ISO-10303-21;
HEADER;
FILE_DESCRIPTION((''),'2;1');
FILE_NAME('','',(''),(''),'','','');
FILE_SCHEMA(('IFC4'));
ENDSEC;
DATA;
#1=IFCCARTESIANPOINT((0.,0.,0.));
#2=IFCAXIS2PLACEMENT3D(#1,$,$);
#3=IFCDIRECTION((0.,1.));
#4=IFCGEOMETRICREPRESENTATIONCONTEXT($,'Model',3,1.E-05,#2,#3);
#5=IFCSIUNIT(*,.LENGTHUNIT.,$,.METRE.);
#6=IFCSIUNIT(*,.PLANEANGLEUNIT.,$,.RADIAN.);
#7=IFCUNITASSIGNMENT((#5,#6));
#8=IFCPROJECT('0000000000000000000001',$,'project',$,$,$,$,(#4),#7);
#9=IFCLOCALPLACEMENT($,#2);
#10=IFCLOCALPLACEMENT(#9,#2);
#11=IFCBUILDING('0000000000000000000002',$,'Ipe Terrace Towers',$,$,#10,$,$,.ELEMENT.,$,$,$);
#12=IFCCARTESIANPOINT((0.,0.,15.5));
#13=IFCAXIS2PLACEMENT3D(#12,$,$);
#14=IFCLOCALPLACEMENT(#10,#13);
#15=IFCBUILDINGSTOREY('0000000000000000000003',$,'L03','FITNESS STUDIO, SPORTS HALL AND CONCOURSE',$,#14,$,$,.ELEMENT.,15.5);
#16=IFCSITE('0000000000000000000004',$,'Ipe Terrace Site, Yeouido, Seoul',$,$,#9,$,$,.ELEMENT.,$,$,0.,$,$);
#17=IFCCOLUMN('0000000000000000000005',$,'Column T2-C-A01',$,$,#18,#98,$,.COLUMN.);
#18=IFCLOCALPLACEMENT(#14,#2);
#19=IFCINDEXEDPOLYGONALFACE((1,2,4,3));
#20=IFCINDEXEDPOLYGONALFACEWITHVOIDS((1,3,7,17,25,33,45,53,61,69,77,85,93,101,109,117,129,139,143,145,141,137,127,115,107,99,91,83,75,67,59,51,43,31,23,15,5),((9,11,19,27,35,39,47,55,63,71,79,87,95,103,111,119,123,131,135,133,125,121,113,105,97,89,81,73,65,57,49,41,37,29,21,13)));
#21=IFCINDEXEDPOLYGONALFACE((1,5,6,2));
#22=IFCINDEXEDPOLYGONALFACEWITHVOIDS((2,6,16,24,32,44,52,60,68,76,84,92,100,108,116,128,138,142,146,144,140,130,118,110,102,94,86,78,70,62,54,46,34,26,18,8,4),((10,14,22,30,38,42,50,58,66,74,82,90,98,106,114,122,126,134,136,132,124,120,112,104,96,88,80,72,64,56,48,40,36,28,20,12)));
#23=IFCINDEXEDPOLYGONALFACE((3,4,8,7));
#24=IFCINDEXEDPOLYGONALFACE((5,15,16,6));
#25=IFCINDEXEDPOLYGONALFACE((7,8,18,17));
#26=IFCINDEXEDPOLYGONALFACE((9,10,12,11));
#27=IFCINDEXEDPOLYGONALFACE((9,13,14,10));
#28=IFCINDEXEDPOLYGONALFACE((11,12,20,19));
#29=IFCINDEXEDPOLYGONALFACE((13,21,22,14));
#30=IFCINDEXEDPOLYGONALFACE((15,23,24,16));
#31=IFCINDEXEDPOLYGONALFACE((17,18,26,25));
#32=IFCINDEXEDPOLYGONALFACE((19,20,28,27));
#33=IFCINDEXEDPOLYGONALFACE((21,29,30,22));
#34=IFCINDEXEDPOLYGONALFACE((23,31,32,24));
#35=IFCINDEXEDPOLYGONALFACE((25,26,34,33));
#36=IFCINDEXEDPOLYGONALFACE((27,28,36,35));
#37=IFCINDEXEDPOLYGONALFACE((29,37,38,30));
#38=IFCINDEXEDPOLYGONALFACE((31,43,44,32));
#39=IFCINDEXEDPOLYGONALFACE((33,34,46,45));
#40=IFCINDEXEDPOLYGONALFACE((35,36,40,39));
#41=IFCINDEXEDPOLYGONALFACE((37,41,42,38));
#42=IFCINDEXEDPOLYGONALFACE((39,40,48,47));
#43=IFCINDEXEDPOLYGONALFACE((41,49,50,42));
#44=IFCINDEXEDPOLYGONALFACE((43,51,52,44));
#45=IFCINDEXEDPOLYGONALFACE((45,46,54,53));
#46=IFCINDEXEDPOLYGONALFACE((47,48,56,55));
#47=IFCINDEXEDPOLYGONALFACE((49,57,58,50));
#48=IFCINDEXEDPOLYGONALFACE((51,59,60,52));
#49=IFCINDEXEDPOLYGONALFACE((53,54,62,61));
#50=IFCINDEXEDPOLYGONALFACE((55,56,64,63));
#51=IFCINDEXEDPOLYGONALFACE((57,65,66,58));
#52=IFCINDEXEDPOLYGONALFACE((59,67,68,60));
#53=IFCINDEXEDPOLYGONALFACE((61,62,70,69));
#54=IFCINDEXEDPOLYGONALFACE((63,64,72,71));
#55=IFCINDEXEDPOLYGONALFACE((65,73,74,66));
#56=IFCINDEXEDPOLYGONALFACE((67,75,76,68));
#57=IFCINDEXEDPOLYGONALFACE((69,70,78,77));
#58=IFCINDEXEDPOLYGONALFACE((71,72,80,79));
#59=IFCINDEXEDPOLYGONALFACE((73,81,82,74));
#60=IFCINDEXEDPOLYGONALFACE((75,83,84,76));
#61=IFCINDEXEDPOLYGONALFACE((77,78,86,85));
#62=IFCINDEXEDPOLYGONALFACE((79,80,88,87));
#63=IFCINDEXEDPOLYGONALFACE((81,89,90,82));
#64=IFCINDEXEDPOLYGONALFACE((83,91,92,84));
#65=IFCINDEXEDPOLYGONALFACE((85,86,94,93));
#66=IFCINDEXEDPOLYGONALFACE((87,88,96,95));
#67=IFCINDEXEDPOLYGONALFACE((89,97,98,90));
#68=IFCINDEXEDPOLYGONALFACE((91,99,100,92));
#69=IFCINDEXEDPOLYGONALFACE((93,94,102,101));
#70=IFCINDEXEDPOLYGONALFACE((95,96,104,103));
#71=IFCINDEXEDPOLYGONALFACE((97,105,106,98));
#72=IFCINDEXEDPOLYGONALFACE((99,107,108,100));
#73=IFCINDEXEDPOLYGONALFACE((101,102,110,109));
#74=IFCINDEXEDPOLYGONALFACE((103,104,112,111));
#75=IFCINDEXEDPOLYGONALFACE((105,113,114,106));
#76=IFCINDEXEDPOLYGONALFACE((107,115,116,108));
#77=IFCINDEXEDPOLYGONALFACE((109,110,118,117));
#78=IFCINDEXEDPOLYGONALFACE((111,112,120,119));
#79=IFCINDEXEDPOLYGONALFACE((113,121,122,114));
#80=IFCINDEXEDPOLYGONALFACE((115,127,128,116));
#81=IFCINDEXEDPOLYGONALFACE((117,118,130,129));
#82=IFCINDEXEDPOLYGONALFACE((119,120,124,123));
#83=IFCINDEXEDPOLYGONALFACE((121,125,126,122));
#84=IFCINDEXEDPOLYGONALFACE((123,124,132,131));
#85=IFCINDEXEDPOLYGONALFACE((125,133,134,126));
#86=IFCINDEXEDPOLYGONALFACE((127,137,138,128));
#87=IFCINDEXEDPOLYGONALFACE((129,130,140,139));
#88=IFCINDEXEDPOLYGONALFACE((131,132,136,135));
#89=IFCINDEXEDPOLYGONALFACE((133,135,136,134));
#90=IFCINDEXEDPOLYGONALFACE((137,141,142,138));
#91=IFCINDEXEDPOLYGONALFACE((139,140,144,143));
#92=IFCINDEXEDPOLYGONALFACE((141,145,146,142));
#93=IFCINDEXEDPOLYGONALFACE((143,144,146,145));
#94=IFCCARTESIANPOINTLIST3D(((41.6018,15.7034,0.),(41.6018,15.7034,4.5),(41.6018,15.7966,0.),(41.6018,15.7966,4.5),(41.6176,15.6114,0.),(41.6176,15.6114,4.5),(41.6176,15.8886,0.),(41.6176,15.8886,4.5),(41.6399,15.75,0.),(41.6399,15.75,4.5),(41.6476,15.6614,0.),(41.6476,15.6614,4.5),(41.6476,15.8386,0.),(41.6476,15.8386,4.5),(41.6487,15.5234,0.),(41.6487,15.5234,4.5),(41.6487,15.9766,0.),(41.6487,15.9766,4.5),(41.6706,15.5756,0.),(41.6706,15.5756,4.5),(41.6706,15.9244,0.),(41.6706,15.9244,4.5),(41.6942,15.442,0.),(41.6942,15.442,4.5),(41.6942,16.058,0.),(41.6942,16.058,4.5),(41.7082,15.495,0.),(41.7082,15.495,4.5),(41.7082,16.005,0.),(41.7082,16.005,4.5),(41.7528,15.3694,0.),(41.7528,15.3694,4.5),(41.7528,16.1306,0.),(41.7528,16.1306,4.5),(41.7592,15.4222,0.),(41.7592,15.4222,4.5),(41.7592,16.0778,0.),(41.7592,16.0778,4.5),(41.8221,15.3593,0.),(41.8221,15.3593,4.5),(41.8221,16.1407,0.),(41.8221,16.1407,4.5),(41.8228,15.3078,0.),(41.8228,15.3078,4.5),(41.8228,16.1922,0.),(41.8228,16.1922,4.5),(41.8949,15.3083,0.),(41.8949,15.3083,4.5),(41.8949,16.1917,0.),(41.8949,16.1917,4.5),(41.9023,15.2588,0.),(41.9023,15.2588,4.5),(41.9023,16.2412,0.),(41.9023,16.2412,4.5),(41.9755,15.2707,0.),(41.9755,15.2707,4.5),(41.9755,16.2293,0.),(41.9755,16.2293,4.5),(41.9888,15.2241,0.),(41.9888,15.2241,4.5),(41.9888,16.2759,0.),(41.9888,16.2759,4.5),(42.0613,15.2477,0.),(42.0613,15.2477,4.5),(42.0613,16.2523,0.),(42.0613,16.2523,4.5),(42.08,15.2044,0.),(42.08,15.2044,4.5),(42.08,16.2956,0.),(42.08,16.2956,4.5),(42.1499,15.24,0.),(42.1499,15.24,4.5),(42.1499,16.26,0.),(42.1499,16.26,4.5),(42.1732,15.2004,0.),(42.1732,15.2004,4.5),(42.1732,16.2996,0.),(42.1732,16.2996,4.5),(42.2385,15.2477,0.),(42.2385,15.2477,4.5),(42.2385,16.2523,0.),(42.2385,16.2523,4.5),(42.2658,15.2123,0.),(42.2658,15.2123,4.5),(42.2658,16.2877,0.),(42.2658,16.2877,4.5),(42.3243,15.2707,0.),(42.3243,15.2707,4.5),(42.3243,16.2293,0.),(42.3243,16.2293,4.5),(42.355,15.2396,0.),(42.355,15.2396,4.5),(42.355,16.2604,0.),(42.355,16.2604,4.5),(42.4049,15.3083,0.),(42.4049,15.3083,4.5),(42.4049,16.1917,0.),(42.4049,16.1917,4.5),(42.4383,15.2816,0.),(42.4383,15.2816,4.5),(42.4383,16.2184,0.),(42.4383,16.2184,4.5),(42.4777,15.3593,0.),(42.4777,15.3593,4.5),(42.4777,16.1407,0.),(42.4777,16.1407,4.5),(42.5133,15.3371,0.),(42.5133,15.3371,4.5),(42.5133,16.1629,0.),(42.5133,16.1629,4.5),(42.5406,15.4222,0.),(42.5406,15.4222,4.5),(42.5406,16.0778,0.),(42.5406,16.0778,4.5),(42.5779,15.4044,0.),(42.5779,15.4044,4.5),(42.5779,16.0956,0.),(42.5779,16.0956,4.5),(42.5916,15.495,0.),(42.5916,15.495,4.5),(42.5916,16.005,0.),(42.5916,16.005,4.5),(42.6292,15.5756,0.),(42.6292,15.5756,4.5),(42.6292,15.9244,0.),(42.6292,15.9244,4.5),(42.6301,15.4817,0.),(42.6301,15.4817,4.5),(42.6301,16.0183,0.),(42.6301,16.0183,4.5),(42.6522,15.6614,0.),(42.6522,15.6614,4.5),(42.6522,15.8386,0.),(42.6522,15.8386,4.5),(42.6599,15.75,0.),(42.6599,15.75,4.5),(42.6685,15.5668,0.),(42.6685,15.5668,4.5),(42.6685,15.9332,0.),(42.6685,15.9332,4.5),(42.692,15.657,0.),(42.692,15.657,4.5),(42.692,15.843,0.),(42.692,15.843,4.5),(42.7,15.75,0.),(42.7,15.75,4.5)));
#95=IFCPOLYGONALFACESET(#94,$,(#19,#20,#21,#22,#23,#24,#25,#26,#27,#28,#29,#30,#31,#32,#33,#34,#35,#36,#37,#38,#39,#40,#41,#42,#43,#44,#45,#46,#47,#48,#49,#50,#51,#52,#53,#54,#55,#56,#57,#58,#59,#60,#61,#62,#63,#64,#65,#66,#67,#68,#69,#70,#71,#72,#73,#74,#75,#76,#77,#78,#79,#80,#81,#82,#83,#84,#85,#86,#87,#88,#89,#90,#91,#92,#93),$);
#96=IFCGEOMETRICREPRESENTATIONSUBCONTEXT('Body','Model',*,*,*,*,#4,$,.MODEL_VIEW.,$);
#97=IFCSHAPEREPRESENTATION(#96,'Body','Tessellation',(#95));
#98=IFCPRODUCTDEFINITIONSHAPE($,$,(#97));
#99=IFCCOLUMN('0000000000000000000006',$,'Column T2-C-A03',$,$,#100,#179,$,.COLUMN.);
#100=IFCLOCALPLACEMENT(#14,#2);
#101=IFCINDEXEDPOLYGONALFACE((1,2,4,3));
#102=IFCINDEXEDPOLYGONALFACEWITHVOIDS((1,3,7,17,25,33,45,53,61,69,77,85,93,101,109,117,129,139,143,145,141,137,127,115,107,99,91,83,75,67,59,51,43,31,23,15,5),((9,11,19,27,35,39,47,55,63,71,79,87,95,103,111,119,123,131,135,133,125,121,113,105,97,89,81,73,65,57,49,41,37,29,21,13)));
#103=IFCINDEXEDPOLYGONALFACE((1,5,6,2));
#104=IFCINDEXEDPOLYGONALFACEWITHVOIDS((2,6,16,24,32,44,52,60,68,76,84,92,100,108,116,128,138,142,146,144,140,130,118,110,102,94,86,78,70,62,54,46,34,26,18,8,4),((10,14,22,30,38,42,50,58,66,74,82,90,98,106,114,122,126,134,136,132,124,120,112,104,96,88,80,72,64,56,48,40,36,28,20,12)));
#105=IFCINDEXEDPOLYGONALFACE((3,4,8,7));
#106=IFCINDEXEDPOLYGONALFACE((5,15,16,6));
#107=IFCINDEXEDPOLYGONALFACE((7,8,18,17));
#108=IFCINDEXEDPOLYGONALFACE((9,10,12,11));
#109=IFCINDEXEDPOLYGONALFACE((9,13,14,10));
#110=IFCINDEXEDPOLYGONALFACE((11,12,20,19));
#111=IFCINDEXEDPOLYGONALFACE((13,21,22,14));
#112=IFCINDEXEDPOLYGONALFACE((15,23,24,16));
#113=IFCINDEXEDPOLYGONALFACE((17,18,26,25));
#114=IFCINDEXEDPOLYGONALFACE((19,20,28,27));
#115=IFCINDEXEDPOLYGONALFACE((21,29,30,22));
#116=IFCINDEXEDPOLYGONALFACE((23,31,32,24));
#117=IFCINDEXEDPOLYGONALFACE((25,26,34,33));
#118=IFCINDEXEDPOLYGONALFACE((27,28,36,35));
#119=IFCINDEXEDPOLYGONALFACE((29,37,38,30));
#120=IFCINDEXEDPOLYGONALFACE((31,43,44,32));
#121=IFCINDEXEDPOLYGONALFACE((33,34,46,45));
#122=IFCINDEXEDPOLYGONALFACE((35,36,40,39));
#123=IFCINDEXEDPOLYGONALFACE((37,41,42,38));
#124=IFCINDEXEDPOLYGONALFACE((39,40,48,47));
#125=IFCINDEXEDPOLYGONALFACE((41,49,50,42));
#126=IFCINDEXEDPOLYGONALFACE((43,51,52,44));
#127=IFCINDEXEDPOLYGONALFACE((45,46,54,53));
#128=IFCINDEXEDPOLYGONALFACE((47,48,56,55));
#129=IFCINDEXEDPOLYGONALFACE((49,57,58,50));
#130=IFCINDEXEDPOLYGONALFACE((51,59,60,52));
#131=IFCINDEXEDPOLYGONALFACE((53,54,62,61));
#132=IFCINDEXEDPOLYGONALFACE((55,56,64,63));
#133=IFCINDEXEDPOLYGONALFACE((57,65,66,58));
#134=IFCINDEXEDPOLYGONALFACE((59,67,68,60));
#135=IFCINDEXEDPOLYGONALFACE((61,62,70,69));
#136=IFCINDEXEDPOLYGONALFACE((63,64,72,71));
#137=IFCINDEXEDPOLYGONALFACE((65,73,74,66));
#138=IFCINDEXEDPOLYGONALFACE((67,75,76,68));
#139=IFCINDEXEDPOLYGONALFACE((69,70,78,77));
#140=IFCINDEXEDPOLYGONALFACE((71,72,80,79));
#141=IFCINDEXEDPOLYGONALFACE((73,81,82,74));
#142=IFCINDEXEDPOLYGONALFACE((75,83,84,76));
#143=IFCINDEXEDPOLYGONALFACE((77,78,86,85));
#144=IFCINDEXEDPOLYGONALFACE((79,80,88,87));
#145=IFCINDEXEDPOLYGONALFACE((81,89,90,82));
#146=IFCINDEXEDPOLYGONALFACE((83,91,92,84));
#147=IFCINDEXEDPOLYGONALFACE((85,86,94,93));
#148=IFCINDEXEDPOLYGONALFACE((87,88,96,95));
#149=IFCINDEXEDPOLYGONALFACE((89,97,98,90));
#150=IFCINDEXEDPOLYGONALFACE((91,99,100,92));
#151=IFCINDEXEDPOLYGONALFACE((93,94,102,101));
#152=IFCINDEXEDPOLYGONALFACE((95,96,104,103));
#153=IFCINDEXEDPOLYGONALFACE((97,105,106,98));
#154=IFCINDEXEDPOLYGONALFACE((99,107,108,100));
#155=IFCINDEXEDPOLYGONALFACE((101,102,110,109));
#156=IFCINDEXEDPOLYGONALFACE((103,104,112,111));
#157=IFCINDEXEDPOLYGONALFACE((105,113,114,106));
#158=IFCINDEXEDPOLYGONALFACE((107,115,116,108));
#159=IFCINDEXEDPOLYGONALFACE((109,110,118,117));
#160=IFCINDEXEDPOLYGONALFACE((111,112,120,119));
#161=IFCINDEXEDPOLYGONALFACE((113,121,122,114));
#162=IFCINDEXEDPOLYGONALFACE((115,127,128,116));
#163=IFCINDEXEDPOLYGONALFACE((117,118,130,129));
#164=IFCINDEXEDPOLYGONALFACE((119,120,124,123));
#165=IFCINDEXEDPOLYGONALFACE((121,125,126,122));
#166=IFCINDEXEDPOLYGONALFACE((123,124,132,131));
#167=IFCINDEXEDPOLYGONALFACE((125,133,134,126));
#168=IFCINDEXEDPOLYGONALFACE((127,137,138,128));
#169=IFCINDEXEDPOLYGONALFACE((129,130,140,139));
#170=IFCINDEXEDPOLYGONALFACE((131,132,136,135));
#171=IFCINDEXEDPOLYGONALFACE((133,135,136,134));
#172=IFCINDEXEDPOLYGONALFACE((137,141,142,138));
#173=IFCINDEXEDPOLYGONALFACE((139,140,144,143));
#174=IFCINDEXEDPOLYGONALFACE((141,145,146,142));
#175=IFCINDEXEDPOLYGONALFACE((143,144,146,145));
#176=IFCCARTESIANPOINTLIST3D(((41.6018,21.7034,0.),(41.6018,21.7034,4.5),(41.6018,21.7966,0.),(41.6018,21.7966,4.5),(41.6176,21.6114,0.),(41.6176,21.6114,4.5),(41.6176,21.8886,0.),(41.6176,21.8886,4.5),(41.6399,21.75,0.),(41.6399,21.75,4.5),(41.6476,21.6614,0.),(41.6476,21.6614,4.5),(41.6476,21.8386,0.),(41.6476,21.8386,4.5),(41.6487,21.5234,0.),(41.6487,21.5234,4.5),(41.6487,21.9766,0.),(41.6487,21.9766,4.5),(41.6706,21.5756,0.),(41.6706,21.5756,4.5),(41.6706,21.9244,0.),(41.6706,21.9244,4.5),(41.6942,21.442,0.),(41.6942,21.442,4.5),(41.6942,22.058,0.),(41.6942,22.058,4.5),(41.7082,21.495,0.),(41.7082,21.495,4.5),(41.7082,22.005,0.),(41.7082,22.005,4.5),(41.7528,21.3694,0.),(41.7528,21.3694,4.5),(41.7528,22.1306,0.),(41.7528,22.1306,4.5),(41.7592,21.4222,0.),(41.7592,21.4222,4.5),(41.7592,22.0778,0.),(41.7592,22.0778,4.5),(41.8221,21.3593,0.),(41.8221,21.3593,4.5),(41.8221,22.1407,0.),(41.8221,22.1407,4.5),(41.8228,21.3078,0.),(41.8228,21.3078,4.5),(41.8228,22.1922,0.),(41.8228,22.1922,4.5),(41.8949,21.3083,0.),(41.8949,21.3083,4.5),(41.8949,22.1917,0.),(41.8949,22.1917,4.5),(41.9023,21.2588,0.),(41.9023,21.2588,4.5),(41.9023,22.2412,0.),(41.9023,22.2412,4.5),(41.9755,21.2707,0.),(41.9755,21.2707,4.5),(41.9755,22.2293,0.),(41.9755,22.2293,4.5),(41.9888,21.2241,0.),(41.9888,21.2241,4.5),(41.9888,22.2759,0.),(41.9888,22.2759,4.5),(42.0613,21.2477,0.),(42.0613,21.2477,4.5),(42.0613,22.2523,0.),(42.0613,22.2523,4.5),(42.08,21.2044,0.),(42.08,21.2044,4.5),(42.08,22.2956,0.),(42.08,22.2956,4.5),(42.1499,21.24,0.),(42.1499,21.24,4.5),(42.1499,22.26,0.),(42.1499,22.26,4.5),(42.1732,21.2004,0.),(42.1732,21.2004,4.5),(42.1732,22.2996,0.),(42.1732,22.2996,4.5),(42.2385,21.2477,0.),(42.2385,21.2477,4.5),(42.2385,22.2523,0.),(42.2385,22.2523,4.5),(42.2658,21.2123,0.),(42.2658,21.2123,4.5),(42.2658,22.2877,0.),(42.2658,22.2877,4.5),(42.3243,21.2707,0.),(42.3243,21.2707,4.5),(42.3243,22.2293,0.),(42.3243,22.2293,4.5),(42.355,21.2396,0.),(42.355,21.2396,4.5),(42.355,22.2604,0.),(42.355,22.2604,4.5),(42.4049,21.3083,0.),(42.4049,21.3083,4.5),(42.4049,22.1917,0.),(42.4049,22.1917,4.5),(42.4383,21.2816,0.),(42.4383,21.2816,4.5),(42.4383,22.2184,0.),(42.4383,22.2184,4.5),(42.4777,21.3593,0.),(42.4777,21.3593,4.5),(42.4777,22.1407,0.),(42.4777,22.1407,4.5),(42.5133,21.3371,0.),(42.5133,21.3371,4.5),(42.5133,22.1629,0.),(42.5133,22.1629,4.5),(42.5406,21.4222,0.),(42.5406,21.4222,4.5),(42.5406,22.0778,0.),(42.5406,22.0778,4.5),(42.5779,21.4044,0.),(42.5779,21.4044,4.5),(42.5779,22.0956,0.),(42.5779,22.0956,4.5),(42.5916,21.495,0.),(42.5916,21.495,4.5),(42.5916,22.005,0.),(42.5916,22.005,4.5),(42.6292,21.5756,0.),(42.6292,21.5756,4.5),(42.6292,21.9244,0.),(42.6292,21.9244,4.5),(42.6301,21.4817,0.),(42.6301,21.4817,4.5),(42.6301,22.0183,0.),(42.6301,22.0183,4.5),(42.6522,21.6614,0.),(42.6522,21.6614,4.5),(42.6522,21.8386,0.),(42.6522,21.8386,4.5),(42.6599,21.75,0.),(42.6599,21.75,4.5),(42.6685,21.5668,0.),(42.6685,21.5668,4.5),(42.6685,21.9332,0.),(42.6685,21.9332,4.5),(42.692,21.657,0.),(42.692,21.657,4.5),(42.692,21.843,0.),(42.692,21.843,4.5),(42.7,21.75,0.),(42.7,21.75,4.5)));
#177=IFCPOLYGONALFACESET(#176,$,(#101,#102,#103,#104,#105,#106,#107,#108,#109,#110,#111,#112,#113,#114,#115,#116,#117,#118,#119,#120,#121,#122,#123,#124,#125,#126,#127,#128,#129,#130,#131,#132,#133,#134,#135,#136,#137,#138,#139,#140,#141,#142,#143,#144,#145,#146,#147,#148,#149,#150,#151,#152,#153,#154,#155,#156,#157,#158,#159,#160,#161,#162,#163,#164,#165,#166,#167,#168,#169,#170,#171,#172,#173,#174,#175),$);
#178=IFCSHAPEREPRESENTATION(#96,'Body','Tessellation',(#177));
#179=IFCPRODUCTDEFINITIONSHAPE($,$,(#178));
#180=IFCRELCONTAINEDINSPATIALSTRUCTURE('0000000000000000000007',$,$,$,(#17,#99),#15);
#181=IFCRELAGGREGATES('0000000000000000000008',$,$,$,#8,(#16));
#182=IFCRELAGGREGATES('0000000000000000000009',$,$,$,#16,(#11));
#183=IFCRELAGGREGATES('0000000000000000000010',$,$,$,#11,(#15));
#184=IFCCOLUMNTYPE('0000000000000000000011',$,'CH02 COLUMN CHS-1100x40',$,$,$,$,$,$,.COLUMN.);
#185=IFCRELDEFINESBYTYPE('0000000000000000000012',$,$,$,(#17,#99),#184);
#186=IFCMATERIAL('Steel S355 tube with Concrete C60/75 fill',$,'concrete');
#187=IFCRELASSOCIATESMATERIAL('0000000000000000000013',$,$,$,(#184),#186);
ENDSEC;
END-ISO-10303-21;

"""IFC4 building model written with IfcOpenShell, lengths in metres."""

from ifc_helpers import new_model, si_unit, direction, frame, origin, origin_2d, place, context, subcontext, project, spatial, hollow_circle, extrude, material, material_profile, profile_set, type_object, element, save


model = new_model("IFC4")

# Units and contexts
model_context = context("Model", 3, precision=1e-05, world=origin(), true_north=direction((0.0, 1.0)))
body_context = subcontext(model_context, "Body", "Model", "MODEL_VIEW")
ifc_project = project(units=[si_unit("LENGTHUNIT", "METRE"), si_unit("PLANEANGLEUNIT", "RADIAN")], contexts=[model_context])

# Site, building, storey
site_placement = place(None, origin())
site = spatial("IfcSite", under=ifc_project, at=site_placement, Name="Ipe Terrace Site, Yeouido, Seoul", CompositionType="ELEMENT", RefElevation=0.0)
building_placement = place(site_placement, origin())
building = spatial("IfcBuilding", under=site, at=building_placement, Name="Ipe Terrace Towers", CompositionType="ELEMENT")
storey_placement = place(building_placement, frame((0.0, 0.0, 15.5)))
storey = spatial("IfcBuildingStorey", under=building, at=storey_placement, Name="L03", Description="FITNESS STUDIO, SPORTS HALL AND CONCOURSE", CompositionType="ELEMENT", Elevation=15.5)

# Columns
ifc_material_1 = material(Name="Steel S355 tube with Concrete C60/75 fill", Category="concrete")
ifc_material_profile_1 = material_profile(ifc_material_1, hollow_circle(Radius=0.55, WallThickness=0.04, at=origin_2d()), Name="CHS-1100x40")
ifc_profile_set_1 = profile_set([ifc_material_profile_1], Name="Steel S355 tube with Concrete C60/75 fill")
column_type_1 = type_object("IfcColumnType", Name="CH02 COLUMN CHS-1100x40", PredefinedType="COLUMN", material=ifc_profile_set_1)
for number, where, z_axis, x_axis, name in (
    (1, (42.1499, 15.75, 0.0), (0.0, 0.0, 1.0), (1.0, 0.0, 0.0), "Column T2-C-A01"),
    (2, (42.1499, 21.75, 0.0), (0.0, 0.0, 1.0), (1.0, 0.0, 0.0), "Column T2-C-A03"),
):
    element("IfcColumn", number, at=place(storey_placement, frame(where, z_axis=z_axis, x_axis=x_axis)), inside=storey, type_object=column_type_1, Name=name, PredefinedType="COLUMN", context=body_context, shape_type="SweptSolid", body=[
        extrude(hollow_circle(Radius=0.55, WallThickness=0.04, at=origin_2d()), origin(), (0.0, 0.0, 1.0), 4.5),
    ])

save(model, "model.ifc")
